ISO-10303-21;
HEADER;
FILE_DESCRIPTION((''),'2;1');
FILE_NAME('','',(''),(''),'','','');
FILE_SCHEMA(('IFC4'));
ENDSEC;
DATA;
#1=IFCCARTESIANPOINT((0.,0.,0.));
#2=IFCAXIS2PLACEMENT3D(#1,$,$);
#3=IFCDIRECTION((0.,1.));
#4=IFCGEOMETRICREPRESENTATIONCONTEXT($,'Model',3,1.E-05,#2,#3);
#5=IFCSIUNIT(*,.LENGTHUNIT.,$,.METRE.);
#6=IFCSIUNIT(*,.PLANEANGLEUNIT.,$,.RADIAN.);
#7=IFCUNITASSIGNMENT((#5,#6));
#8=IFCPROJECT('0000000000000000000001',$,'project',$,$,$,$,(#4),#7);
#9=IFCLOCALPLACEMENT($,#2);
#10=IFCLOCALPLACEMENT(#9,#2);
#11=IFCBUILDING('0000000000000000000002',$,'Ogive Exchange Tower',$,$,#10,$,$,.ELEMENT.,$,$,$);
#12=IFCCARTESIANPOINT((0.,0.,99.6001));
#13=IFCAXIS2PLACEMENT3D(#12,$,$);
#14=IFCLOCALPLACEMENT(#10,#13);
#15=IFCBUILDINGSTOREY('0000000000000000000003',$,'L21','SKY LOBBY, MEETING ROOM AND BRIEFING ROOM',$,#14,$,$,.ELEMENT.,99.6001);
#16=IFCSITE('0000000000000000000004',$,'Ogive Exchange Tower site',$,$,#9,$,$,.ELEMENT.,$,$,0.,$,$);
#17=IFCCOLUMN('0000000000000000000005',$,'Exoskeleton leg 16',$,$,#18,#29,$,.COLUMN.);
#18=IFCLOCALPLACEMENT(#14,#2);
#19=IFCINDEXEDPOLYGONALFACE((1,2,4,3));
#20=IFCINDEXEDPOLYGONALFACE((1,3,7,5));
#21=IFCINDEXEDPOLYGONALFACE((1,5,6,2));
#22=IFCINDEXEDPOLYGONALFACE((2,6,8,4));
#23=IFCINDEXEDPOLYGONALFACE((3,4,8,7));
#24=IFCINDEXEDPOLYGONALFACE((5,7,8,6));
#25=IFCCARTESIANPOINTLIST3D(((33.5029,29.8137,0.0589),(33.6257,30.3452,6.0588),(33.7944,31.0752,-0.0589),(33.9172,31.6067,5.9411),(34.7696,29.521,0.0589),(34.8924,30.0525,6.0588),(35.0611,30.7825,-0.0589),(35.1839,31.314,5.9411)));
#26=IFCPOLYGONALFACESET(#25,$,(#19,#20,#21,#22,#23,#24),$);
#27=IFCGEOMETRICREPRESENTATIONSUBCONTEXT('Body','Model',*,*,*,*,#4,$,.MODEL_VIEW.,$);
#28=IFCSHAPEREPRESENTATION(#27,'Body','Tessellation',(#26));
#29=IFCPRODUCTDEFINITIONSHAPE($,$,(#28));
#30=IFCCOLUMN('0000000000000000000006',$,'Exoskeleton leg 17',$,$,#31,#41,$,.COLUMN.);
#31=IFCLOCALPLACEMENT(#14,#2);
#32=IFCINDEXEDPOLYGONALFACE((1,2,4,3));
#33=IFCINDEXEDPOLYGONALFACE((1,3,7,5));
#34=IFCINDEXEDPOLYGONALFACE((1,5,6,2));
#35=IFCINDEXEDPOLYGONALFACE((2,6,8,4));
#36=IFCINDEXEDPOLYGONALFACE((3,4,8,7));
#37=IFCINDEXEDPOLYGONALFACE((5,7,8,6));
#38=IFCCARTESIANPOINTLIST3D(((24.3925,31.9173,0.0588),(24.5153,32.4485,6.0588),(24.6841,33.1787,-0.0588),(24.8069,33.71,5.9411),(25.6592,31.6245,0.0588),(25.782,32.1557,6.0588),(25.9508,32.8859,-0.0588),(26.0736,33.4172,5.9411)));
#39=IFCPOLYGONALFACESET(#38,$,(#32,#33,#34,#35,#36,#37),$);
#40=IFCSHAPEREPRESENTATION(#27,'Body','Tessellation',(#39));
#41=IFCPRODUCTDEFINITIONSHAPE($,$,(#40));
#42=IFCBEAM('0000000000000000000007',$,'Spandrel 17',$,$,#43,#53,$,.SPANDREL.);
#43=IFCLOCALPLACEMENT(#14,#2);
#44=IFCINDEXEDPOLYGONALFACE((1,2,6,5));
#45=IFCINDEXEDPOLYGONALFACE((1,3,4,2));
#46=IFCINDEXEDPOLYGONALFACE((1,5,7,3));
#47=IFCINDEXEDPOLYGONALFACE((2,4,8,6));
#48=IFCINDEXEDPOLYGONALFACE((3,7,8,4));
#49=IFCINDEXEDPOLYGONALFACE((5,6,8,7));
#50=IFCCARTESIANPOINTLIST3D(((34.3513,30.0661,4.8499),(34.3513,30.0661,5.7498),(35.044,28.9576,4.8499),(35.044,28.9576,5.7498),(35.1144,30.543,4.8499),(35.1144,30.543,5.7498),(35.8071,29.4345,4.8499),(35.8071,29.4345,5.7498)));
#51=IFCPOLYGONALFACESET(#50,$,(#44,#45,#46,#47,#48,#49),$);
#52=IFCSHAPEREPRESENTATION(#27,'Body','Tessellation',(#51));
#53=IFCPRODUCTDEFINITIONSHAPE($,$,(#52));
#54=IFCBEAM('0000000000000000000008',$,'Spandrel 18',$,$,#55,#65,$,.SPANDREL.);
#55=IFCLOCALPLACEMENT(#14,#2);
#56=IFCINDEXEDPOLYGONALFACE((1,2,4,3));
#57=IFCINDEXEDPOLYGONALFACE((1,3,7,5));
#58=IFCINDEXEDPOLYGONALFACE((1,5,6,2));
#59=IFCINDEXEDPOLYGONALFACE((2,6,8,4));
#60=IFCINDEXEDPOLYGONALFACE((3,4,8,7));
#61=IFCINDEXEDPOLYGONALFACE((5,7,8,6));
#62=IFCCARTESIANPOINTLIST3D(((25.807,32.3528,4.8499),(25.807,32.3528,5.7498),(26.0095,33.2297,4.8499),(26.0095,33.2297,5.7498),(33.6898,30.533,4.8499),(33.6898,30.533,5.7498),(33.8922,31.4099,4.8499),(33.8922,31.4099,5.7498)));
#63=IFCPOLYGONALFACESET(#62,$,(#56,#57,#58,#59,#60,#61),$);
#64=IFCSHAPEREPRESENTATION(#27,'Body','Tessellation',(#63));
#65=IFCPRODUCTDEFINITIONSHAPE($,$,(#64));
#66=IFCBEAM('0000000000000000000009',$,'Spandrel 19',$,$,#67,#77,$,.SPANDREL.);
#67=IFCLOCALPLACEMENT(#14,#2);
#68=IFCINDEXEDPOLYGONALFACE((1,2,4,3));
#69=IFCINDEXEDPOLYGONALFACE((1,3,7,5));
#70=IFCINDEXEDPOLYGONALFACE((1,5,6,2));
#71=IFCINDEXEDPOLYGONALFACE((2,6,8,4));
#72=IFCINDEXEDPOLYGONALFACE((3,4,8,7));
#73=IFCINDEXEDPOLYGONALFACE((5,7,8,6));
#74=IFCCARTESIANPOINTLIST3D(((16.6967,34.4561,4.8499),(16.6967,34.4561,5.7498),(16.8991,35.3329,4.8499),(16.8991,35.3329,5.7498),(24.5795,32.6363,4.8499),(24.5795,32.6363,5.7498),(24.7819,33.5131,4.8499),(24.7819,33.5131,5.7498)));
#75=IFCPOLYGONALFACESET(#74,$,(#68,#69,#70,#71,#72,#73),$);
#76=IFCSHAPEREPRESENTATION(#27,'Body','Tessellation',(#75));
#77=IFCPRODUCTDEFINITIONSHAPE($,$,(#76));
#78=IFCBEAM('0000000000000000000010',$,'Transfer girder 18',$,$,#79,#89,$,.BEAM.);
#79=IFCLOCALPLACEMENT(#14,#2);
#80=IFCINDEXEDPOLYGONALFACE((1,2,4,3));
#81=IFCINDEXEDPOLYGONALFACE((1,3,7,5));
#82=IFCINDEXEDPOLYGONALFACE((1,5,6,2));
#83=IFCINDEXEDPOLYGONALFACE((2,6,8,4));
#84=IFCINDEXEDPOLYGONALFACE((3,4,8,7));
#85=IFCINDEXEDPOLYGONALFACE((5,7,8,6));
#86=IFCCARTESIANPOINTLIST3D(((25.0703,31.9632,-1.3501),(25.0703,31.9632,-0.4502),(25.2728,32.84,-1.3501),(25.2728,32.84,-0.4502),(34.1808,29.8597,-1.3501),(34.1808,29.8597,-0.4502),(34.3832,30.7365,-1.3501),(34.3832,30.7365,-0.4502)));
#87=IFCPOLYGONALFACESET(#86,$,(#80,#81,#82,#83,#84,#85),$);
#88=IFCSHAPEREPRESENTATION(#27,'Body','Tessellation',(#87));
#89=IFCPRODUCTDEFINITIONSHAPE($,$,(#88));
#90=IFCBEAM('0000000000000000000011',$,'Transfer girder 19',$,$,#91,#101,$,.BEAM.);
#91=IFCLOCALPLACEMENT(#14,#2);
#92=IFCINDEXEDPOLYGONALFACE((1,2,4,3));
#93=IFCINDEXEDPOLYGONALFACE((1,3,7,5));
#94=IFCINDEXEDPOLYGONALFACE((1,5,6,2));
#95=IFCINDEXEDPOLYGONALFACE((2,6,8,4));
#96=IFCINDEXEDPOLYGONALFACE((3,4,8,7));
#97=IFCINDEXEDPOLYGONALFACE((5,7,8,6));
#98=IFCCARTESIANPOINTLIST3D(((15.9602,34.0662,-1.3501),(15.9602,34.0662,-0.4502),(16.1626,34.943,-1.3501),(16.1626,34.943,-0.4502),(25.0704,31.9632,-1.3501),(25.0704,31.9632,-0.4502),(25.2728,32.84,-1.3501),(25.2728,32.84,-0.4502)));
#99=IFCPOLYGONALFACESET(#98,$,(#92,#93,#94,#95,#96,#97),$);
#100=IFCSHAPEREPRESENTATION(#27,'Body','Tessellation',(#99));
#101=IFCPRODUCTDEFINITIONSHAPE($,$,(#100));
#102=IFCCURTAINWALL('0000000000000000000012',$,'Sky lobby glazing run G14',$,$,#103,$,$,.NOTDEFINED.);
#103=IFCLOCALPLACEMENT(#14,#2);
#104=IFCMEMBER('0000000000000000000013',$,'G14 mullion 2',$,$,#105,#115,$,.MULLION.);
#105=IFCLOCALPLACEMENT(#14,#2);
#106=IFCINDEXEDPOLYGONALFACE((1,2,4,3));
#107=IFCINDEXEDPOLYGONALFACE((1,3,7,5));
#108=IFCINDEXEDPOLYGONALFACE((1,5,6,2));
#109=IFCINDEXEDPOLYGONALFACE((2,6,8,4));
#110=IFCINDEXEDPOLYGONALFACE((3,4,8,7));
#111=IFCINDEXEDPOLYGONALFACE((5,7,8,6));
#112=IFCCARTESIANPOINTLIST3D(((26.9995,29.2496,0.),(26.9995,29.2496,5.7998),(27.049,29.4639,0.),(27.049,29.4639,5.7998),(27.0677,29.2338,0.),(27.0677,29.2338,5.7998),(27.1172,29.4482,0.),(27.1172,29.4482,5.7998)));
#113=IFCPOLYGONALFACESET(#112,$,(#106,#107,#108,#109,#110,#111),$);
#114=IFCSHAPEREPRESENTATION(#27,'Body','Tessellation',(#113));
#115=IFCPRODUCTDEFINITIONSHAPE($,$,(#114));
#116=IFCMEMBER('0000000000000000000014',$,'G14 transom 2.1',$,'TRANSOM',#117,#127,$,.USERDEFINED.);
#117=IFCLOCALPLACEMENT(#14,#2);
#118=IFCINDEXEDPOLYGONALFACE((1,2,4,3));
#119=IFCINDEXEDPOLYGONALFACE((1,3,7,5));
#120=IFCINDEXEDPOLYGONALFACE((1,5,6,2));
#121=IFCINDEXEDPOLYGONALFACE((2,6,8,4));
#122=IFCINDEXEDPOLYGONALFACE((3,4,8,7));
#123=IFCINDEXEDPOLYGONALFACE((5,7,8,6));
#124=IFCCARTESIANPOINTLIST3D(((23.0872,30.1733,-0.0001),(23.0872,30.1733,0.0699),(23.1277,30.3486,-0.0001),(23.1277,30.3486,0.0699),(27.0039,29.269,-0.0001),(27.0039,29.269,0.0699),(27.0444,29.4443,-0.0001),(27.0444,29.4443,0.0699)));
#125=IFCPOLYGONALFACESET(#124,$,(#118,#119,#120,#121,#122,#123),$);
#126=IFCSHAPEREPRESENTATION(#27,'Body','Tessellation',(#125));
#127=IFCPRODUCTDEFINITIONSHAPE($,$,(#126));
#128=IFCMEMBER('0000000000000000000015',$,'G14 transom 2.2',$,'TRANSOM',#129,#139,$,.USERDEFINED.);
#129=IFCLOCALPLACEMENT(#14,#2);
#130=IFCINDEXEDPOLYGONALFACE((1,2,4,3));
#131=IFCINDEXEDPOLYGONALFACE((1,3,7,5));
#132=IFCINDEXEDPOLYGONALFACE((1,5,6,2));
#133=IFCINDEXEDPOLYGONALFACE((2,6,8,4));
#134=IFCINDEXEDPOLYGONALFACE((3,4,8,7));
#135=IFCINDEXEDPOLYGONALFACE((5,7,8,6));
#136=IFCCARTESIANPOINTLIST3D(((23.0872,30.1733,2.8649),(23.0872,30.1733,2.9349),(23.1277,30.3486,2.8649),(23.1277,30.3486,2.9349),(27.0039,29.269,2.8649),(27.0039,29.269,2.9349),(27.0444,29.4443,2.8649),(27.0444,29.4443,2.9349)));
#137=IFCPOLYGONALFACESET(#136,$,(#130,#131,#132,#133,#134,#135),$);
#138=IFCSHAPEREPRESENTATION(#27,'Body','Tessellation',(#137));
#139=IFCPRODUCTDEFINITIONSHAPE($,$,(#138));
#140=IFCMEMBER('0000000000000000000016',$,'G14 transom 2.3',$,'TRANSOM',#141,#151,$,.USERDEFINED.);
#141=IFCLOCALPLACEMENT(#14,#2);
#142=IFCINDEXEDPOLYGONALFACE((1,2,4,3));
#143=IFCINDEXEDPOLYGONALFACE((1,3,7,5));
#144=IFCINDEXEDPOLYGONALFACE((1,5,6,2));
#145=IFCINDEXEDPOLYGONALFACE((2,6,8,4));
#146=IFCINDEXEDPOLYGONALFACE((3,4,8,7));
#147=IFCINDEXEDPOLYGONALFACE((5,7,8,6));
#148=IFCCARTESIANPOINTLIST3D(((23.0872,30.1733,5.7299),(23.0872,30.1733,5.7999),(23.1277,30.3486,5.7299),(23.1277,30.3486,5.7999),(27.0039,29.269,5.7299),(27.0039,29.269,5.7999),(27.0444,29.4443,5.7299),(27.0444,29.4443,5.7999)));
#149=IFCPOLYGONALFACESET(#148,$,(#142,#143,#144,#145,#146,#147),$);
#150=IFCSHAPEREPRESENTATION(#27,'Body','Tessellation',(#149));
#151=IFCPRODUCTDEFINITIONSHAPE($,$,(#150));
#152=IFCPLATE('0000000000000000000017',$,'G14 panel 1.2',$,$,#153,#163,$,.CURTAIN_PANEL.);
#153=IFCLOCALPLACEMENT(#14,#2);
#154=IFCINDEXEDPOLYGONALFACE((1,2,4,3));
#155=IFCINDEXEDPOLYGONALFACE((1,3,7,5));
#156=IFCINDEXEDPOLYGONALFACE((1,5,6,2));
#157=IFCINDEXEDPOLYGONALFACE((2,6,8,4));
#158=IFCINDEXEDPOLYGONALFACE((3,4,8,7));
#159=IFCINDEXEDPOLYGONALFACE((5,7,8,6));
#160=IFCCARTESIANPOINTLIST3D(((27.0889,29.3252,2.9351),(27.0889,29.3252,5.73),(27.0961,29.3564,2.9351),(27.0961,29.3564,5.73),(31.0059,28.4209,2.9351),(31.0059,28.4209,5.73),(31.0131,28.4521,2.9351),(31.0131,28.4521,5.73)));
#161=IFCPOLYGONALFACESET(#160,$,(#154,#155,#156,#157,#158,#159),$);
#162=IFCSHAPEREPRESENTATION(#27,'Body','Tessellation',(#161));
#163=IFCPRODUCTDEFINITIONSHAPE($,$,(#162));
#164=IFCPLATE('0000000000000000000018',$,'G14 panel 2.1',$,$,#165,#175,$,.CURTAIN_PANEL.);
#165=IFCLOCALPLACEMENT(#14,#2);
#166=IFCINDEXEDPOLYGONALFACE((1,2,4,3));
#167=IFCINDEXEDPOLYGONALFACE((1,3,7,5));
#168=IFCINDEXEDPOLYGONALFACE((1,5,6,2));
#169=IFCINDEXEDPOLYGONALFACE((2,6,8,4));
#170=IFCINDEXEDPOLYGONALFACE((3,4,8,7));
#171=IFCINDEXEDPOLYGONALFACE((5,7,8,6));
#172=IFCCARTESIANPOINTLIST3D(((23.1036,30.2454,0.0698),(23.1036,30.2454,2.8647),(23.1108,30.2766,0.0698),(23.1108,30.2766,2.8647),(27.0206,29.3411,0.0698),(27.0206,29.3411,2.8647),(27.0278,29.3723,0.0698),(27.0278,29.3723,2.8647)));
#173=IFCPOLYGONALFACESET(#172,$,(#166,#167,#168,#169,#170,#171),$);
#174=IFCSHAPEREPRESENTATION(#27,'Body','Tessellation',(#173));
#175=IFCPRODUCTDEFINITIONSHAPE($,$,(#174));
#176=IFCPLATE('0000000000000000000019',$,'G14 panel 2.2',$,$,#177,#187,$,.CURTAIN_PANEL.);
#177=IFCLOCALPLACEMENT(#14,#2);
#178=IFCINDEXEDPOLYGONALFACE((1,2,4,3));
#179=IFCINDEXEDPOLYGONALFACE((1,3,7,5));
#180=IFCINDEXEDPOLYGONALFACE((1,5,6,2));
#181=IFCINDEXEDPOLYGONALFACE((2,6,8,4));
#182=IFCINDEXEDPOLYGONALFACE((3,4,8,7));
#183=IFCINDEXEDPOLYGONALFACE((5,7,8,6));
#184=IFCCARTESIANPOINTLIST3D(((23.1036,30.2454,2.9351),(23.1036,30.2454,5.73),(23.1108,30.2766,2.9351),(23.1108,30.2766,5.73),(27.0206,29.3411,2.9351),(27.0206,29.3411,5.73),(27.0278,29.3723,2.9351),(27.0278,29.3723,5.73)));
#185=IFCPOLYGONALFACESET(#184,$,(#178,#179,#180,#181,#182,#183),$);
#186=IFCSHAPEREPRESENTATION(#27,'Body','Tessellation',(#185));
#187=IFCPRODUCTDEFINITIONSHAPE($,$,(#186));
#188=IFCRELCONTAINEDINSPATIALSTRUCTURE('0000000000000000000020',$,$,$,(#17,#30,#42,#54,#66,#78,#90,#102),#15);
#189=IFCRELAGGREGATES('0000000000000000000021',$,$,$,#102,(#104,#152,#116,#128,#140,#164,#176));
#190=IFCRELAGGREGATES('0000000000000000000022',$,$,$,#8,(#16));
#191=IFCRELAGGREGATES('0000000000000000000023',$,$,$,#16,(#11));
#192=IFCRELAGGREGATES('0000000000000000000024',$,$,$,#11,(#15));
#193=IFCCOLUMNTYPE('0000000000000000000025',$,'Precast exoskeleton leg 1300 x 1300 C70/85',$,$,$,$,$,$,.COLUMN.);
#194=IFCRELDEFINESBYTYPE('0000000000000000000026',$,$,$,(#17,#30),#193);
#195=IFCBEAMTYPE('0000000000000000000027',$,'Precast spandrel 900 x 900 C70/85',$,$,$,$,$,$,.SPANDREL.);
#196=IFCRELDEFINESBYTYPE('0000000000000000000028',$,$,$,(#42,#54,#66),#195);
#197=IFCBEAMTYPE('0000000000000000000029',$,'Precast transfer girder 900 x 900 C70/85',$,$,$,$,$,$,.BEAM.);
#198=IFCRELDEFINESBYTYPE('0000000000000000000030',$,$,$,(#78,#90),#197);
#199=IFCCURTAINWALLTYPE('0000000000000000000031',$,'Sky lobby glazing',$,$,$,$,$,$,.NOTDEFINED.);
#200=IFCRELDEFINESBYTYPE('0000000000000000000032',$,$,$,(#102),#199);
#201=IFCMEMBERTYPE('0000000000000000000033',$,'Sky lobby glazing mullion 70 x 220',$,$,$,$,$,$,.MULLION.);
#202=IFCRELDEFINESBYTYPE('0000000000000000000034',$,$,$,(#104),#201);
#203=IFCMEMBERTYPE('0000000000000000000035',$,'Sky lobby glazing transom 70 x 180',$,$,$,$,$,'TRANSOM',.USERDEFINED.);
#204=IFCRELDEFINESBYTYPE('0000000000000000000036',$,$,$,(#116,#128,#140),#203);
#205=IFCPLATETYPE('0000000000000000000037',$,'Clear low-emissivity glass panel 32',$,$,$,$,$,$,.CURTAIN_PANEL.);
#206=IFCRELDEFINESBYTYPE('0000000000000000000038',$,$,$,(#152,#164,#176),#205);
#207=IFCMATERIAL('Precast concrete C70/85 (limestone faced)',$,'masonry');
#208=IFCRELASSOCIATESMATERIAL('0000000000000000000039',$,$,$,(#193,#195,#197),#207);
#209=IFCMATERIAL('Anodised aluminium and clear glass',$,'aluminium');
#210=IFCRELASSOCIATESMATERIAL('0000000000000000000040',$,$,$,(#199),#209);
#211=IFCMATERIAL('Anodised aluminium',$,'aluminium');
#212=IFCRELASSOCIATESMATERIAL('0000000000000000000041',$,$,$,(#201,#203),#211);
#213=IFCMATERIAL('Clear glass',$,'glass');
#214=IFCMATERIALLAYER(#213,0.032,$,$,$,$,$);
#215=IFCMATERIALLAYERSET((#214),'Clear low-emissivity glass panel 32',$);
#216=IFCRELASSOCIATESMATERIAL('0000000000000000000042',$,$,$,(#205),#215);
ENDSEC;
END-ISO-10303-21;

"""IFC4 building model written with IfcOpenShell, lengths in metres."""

from ifc_helpers import new_model, si_unit, direction, frame, origin, origin_2d, place, context, subcontext, project, spatial, rectangle, extrude, material, layer, layer_set, material_profile, profile_set, type_object, element, aggregate, save


model = new_model("IFC4")

# Units and contexts
model_context = context("Model", 3, precision=1e-05, world=origin(), true_north=direction((0.0, 1.0)))
body_context = subcontext(model_context, "Body", "Model", "MODEL_VIEW")
ifc_project = project(units=[si_unit("LENGTHUNIT", "METRE"), si_unit("PLANEANGLEUNIT", "RADIAN")], contexts=[model_context])

# Site, building, storey
site_placement = place(None, origin())
site = spatial("IfcSite", under=ifc_project, at=site_placement, Name="Ogive Exchange Tower site", CompositionType="ELEMENT", RefElevation=0.0)
building_placement = place(site_placement, origin())
building = spatial("IfcBuilding", under=site, at=building_placement, Name="Ogive Exchange Tower", CompositionType="ELEMENT")
storey_placement = place(building_placement, frame((0.0, 0.0, 99.6001)))
storey = spatial("IfcBuildingStorey", under=building, at=storey_placement, Name="L21", Description="SKY LOBBY, MEETING ROOM AND BRIEFING ROOM", CompositionType="ELEMENT", Elevation=99.6001)

# Columns
ifc_material_1 = material(Name="Precast concrete C70/85 (limestone faced)", Category="masonry")
ifc_material_profile_1 = material_profile(ifc_material_1, rectangle(XDim=1.3, YDim=1.3, at=origin_2d()), Name="1300 x 1300")
ifc_profile_set_1 = profile_set([ifc_material_profile_1], Name="Precast concrete C70/85 (limestone faced)")
column_type = type_object("IfcColumnType", Name="Precast exoskeleton leg 1300 x 1300 C70/85", PredefinedType="COLUMN", material=ifc_profile_set_1)
for number, where, z_axis, x_axis, name in (
    (1, (34.282, 30.2981, 0.0), (0.020383, 0.088219, 0.995893), (-0.974331, 0.225121, 0.0), "Exoskeleton leg 16"),
    (2, (25.1716, 32.4016, 0.0), (0.020383, 0.088178, 0.995896), (-0.974308, 0.225219, 0.0), "Exoskeleton leg 17"),
):
    element("IfcColumn", number, at=place(storey_placement, frame(where, z_axis=z_axis, x_axis=x_axis)), inside=storey, type_object=column_type, Name=name, PredefinedType="COLUMN", context=body_context, shape_type="SweptSolid", body=[
        extrude(rectangle(XDim=1.3, YDim=1.3, at=origin_2d()), origin(), (0.0, 0.0, 1.0), 6.0247),
    ])

# Beams
ifc_material_profile_2 = material_profile(ifc_material_1, rectangle(XDim=0.8999, YDim=0.8999, at=origin_2d()), Name="900 x 900")
ifc_profile_set_2 = profile_set([ifc_material_profile_2], Name="Precast concrete C70/85 (limestone faced)")
beam_type_1 = type_object("IfcBeamType", Name="Precast spandrel 900 x 900 C70/85", PredefinedType="SPANDREL", material=ifc_profile_set_2)
beam_1_placement = place(storey_placement, frame((35.4255, 29.196, 5.2998), z_axis=(-0.529932, 0.84804, 0.0), x_axis=(-0.84804, -0.529932, 0.0)))
element("IfcBeam", 3, at=beam_1_placement, inside=storey, type_object=beam_type_1, Name="Spandrel 17", PredefinedType="SPANDREL", context=body_context, shape_type="SweptSolid", body=[
    extrude(rectangle(XDim=0.8999, YDim=0.8999, at=origin_2d()), origin(), (0.0, 0.0, 1.0), 1.3071),
])
for number, where, z_axis, x_axis, name in (
    (4, (33.791, 30.9714, 5.2998), (-0.974372, 0.224943, 0.0), (-0.224943, -0.974372, 0.0), "Spandrel 18"),
    (5, (24.6807, 33.0747, 5.2998), (-0.974372, 0.224943, 0.0), (-0.224943, -0.974372, 0.0), "Spandrel 19"),
):
    element("IfcBeam", number, at=place(storey_placement, frame(where, z_axis=z_axis, x_axis=x_axis)), inside=storey, type_object=beam_type_1, Name=name, PredefinedType="SPANDREL", context=body_context, shape_type="SweptSolid", body=[
        extrude(rectangle(XDim=0.8999, YDim=0.8999, at=origin_2d()), origin(), (0.0, 0.0, 1.0), 8.0901),
    ])
ifc_material_profile_3 = material_profile(ifc_material_1, rectangle(XDim=0.8999, YDim=0.8999, at=origin_2d()), Name="900 x 900")
ifc_profile_set_3 = profile_set([ifc_material_profile_3], Name="Precast concrete C70/85 (limestone faced)")
beam_type_2 = type_object("IfcBeamType", Name="Precast transfer girder 900 x 900 C70/85", PredefinedType="BEAM", material=ifc_profile_set_3)
beam_2_placement = place(storey_placement, frame((34.282, 30.2981, -0.9001), z_axis=(-0.974365, 0.224974, 0.0), x_axis=(-0.224974, -0.974365, 0.0)))
element("IfcBeam", 6, at=beam_2_placement, inside=storey, type_object=beam_type_2, Name="Transfer girder 18", PredefinedType="BEAM", context=body_context, shape_type="SweptSolid", body=[
    extrude(rectangle(XDim=0.8999, YDim=0.8999, at=origin_2d()), origin(), (0.0, 0.0, 1.0), 9.3501),
])
beam_3_placement = place(storey_placement, frame((25.1716, 32.4016, -0.9001), z_axis=(-0.974376, 0.224924, 0.0), x_axis=(-0.224924, -0.974376, 0.0)))
element("IfcBeam", 7, at=beam_3_placement, inside=storey, type_object=beam_type_2, Name="Transfer girder 19", PredefinedType="BEAM", context=body_context, shape_type="SweptSolid", body=[
    extrude(rectangle(XDim=0.8999, YDim=0.8999, at=origin_2d()), origin(), (0.0, 0.0, 1.0), 9.3499),
])

# Curtain wall, members, plates
ifc_material_2 = material(Name="Anodised aluminium and clear glass", Category="aluminium")
curtain_wall_type = type_object("IfcCurtainWallType", Name="Sky lobby glazing", PredefinedType="NOTDEFINED", material=ifc_material_2)
curtain_wall_placement = place(storey_placement, origin())
curtain_wall = element("IfcCurtainWall", 8, at=curtain_wall_placement, inside=storey, type_object=curtain_wall_type, Name="Sky lobby glazing run G14", PredefinedType="NOTDEFINED")
ifc_material_3 = material(Name="Anodised aluminium", Category="aluminium")
ifc_material_profile_4 = material_profile(ifc_material_3, rectangle(XDim=0.22, YDim=0.0701, at=origin_2d()), Name="AL 70x220")
ifc_profile_set_4 = profile_set([ifc_material_profile_4], Name="Anodised aluminium")
member_type_1 = type_object("IfcMemberType", Name="Sky lobby glazing mullion 70 x 220", PredefinedType="MULLION", material=ifc_profile_set_4)
member_1_placement = place(storey_placement, frame((27.0583, 29.3489, 0.0), z_axis=(0.0, 0.0, 1.0), x_axis=(-0.224947, -0.974371, 0.0)))
member_1 = element("IfcMember", 9, at=member_1_placement, type_object=member_type_1, Name="G14 mullion 2", PredefinedType="MULLION", context=body_context, shape_type="SweptSolid", body=[
    extrude(rectangle(XDim=0.22, YDim=0.0701, at=origin_2d()), origin(), (0.0, 0.0, 1.0), 5.7998),
])
ifc_material_profile_5 = material_profile(ifc_material_3, rectangle(XDim=0.1799, YDim=0.0701, at=origin_2d()), Name="AL 70x180")
ifc_profile_set_5 = profile_set([ifc_material_profile_5], Name="Anodised aluminium")
member_type_2 = type_object("IfcMemberType", Name="Sky lobby glazing transom 70 x 180", ElementType="TRANSOM", PredefinedType="USERDEFINED", material=ifc_profile_set_5)
member_2_placement = place(storey_placement, frame((27.0242, 29.3567, 0.0349), z_axis=(-0.974368, 0.224962, 0.0), x_axis=(-0.224962, -0.974368, 0.0)))
member_2 = element("IfcMember", 10, at=member_2_placement, type_object=member_type_2, Name="G14 transom 2.1", ObjectType="TRANSOM", PredefinedType="USERDEFINED", context=body_context, shape_type="SweptSolid", body=[
    extrude(rectangle(XDim=0.1799, YDim=0.0701, at=origin_2d()), origin(), (0.0, 0.0, 1.0), 4.0198),
])
member_3_placement = place(storey_placement, frame((27.0242, 29.3567, 2.8999), z_axis=(-0.974368, 0.224962, 0.0), x_axis=(-0.224962, -0.974368, 0.0)))
member_3 = element("IfcMember", 11, at=member_3_placement, type_object=member_type_2, Name="G14 transom 2.2", ObjectType="TRANSOM", PredefinedType="USERDEFINED", context=body_context, shape_type="SweptSolid", body=[
    extrude(rectangle(XDim=0.1799, YDim=0.0701, at=origin_2d()), origin(), (0.0, 0.0, 1.0), 4.0198),
])
member_4_placement = place(storey_placement, frame((27.0242, 29.3567, 5.7649), z_axis=(-0.974368, 0.224962, 0.0), x_axis=(-0.224962, -0.974368, 0.0)))
member_4 = element("IfcMember", 12, at=member_4_placement, type_object=member_type_2, Name="G14 transom 2.3", ObjectType="TRANSOM", PredefinedType="USERDEFINED", context=body_context, shape_type="SweptSolid", body=[
    extrude(rectangle(XDim=0.1799, YDim=0.0701, at=origin_2d()), origin(), (0.0, 0.0, 1.0), 4.0198),
])
ifc_material_4 = material(Name="Clear glass", Category="glass")
ifc_layer_1 = layer(ifc_material_4, 0.032)
ifc_layer_set_1 = layer_set([ifc_layer_1], Name="Clear low-emissivity glass panel 32")
plate_type = type_object("IfcPlateType", Name="Clear low-emissivity glass panel 32", PredefinedType="CURTAIN_PANEL", material=ifc_layer_set_1)
plate_1_placement = place(storey_placement, frame((29.051, 28.8887, 2.9351), z_axis=(0.0, 0.0, 1.0), x_axis=(-0.974371, 0.224947, 0.0)))
plate_1 = element("IfcPlate", 13, at=plate_1_placement, type_object=plate_type, Name="G14 panel 1.2", PredefinedType="CURTAIN_PANEL", context=body_context, shape_type="SweptSolid", body=[
    extrude(rectangle(XDim=4.02, YDim=0.032, at=origin_2d()), origin(), (0.0, 0.0, 1.0), 2.7949),
])
plate_2_placement = place(storey_placement, frame((25.0657, 29.8088, 0.0698), z_axis=(0.0, 0.0, 1.0), x_axis=(-0.974371, 0.224947, 0.0)))
plate_2 = element("IfcPlate", 14, at=plate_2_placement, type_object=plate_type, Name="G14 panel 2.1", PredefinedType="CURTAIN_PANEL", context=body_context, shape_type="SweptSolid", body=[
    extrude(rectangle(XDim=4.02, YDim=0.032, at=origin_2d()), origin(), (0.0, 0.0, 1.0), 2.7949),
])
plate_3_placement = place(storey_placement, frame((25.0657, 29.8088, 2.9351), z_axis=(0.0, 0.0, 1.0), x_axis=(-0.974371, 0.224947, 0.0)))
plate_3 = element("IfcPlate", 15, at=plate_3_placement, type_object=plate_type, Name="G14 panel 2.2", PredefinedType="CURTAIN_PANEL", context=body_context, shape_type="SweptSolid", body=[
    extrude(rectangle(XDim=4.02, YDim=0.032, at=origin_2d()), origin(), (0.0, 0.0, 1.0), 2.7949),
])
aggregate(curtain_wall, [member_1, plate_1, member_2, member_3, member_4, plate_2, plate_3])

save(model, "model.ifc")
